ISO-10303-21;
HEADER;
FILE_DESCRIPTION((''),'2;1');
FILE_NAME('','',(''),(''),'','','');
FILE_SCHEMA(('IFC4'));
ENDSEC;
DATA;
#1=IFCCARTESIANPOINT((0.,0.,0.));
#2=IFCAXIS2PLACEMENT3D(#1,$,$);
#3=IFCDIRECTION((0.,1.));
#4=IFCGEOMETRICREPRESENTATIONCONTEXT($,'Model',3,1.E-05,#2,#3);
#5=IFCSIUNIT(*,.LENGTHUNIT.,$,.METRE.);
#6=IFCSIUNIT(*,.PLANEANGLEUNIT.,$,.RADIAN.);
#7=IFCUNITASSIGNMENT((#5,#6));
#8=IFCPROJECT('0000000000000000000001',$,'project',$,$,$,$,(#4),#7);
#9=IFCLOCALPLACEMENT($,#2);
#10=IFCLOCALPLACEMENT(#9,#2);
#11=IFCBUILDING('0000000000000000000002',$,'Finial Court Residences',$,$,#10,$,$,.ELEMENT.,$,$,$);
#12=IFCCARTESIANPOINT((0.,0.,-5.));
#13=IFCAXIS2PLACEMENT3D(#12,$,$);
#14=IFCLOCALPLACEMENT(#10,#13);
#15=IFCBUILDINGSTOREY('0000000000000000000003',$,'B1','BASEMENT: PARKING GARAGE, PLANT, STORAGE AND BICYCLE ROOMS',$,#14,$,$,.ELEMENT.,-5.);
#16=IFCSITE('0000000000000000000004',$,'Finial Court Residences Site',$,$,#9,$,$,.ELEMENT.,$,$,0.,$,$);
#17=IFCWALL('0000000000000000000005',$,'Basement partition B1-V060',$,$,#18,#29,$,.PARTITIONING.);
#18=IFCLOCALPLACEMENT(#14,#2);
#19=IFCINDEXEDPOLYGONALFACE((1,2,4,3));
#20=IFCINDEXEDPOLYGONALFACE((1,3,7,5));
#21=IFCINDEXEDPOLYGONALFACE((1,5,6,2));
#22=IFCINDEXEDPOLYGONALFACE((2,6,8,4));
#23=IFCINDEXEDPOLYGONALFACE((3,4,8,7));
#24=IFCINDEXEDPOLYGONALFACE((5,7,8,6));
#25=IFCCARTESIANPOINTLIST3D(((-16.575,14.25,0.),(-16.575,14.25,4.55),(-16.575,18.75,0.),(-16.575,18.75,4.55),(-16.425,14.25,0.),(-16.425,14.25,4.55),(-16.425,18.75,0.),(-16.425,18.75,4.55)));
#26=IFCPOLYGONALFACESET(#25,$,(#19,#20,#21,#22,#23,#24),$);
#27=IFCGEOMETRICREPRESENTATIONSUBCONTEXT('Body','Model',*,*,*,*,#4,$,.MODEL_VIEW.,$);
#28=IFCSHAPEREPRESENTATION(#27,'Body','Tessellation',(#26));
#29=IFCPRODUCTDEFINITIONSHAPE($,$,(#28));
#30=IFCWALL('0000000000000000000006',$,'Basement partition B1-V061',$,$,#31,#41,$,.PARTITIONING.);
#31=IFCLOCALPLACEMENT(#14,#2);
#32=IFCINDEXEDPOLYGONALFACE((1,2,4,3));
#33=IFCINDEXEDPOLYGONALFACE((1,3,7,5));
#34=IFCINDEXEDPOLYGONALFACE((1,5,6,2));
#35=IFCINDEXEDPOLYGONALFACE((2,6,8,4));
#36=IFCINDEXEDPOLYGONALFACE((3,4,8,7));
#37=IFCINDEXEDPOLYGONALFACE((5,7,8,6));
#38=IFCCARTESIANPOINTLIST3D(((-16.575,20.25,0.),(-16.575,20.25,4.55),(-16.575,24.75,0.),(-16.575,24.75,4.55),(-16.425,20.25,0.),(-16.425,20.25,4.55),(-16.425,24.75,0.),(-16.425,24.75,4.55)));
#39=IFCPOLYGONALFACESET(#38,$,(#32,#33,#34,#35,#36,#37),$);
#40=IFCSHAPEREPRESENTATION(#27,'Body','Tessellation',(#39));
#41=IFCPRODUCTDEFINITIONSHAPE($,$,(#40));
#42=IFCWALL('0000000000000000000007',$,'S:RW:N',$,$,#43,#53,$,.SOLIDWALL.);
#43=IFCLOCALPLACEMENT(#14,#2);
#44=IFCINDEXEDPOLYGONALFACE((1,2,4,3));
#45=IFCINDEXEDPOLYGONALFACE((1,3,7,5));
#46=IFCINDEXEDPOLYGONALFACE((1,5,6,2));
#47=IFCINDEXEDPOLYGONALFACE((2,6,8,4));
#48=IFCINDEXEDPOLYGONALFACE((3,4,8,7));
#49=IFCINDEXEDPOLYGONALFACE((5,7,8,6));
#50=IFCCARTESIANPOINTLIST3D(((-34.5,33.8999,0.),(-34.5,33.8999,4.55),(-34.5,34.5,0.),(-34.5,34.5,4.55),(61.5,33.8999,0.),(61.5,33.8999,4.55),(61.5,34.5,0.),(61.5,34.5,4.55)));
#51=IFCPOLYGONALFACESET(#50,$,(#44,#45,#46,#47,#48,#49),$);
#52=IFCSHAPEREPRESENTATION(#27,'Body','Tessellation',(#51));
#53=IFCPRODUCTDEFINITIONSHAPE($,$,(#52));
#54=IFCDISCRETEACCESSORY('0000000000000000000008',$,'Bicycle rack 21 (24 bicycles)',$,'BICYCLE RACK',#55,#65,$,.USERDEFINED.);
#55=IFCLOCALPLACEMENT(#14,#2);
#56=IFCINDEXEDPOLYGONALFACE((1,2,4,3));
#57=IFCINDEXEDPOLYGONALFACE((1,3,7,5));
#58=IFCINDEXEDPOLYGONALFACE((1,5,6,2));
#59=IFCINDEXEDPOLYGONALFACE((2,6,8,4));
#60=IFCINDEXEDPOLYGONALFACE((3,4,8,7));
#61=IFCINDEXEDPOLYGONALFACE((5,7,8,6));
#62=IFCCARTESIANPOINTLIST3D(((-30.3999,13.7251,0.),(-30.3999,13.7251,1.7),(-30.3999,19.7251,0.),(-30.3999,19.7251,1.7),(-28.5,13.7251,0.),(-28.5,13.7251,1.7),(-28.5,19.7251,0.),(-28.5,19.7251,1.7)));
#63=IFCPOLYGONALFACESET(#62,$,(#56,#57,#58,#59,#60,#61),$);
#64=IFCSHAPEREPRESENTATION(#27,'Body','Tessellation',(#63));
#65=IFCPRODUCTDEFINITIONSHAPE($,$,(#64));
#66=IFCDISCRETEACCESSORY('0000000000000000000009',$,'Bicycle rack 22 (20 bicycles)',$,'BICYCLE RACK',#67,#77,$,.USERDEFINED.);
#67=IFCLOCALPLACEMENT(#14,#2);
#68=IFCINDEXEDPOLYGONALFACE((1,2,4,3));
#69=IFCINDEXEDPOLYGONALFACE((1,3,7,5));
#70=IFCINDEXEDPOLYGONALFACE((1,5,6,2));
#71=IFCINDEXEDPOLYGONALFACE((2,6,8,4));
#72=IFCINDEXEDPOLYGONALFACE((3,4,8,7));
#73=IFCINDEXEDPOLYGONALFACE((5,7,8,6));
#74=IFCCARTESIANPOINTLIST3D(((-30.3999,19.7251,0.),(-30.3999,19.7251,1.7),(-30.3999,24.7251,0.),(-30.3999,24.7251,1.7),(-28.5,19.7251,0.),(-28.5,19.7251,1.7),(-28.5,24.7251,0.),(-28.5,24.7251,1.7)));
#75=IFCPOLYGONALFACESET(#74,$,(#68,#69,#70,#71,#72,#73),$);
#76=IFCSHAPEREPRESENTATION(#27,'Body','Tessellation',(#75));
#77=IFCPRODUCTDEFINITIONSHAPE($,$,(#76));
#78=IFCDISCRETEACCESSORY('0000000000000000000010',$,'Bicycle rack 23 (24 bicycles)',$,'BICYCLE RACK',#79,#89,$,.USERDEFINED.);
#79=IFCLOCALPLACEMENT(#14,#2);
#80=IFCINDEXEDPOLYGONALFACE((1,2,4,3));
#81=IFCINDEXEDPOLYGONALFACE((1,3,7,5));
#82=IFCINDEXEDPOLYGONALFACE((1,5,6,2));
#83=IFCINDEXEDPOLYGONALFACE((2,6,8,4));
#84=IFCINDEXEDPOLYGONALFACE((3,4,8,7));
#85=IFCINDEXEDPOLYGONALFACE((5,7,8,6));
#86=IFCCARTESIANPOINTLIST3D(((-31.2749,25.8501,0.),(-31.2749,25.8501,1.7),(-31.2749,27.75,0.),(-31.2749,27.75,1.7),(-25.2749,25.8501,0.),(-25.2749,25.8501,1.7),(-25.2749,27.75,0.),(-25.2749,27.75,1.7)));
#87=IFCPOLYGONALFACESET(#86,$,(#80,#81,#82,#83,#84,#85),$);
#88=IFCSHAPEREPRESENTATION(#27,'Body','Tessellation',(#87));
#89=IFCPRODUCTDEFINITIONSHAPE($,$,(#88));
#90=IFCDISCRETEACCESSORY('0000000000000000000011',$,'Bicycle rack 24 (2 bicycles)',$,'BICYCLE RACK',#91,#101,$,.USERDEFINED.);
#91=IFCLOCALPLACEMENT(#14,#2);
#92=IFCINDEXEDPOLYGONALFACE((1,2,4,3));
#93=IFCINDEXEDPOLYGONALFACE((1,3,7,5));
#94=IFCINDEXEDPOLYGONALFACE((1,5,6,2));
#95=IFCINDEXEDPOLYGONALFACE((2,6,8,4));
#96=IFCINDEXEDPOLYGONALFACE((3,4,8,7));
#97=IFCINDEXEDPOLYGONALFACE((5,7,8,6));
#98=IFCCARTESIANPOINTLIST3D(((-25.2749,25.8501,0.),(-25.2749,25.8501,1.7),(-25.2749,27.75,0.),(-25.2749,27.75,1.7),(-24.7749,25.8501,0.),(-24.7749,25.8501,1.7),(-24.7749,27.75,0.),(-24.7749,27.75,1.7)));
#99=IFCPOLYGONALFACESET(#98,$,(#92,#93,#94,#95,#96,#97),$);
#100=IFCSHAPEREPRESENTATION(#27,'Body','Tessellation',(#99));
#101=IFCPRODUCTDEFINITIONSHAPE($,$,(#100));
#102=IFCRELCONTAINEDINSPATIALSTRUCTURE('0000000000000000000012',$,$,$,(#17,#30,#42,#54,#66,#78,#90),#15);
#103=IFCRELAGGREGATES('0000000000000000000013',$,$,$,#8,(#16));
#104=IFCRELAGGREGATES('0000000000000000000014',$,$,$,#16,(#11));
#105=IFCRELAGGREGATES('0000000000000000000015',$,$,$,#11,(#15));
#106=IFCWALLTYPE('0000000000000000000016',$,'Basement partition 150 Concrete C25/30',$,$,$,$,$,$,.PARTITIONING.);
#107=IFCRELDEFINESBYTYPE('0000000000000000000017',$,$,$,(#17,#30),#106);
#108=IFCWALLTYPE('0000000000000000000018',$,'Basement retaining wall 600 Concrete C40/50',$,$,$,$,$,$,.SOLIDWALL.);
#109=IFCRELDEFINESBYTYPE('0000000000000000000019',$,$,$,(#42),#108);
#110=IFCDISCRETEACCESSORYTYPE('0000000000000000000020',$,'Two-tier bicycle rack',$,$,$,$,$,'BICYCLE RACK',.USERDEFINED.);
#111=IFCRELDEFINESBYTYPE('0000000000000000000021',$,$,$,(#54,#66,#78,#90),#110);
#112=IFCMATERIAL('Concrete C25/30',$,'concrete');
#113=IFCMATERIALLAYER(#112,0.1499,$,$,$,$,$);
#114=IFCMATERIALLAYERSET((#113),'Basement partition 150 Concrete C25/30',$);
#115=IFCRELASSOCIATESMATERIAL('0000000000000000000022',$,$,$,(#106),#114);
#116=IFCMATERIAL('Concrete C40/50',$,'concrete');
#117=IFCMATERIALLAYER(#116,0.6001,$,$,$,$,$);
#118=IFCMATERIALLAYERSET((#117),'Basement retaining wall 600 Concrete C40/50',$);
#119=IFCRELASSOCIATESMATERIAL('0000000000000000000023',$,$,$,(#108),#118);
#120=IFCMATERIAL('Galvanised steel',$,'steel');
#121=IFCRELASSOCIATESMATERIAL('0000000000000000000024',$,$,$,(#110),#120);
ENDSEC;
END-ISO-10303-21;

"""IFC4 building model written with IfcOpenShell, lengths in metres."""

from ifc_helpers import new_model, si_unit, direction, frame, frame_2d, origin, origin_2d, place, context, subcontext, project, spatial, rectangle, extrude, material, layer, layer_set, type_object, element, save


model = new_model("IFC4")

# Units and contexts
model_context = context("Model", 3, precision=1e-05, world=origin(), true_north=direction((0.0, 1.0)))
body_context = subcontext(model_context, "Body", "Model", "MODEL_VIEW")
ifc_project = project(units=[si_unit("LENGTHUNIT", "METRE"), si_unit("PLANEANGLEUNIT", "RADIAN")], contexts=[model_context])

# Site, building, storey
site_placement = place(None, origin())
site = spatial("IfcSite", under=ifc_project, at=site_placement, Name="Finial Court Residences Site", CompositionType="ELEMENT", RefElevation=0.0)
building_placement = place(site_placement, origin())
building = spatial("IfcBuilding", under=site, at=building_placement, Name="Finial Court Residences", CompositionType="ELEMENT")
storey_placement = place(building_placement, frame((0.0, 0.0, -5.0)))
storey = spatial("IfcBuildingStorey", under=building, at=storey_placement, Name="B1", Description="BASEMENT: PARKING GARAGE, PLANT, STORAGE AND BICYCLE ROOMS", CompositionType="ELEMENT", Elevation=-5.0)

# Shared definitions
ifc_material_1 = material(Name="Concrete C25/30", Category="concrete")
ifc_layer_1 = layer(ifc_material_1, 0.1499)
ifc_layer_set_1 = layer_set([ifc_layer_1], Name="Basement partition 150 Concrete C25/30")
wall_type_1 = type_object("IfcWallType", Name="Basement partition 150 Concrete C25/30", PredefinedType="PARTITIONING", material=ifc_layer_set_1)

# Walls
for number, where, z_axis, x_axis, name in (
    (1, (-16.5, 14.25, 0.0), (0.0, 0.0, 1.0), (0.0, 1.0, 0.0), "Basement partition B1-V060"),
    (2, (-16.5, 20.25, 0.0), (0.0, 0.0, 1.0), (0.0, 1.0, 0.0), "Basement partition B1-V061"),
):
    element("IfcWall", number, at=place(storey_placement, frame(where, z_axis=z_axis, x_axis=x_axis)), inside=storey, type_object=wall_type_1, Name=name, PredefinedType="PARTITIONING", context=body_context, shape_type="SweptSolid", body=[
        extrude(rectangle(XDim=4.5, YDim=0.1499, at=frame_2d((2.25, 0.0))), origin(), (0.0, 0.0, 1.0), 4.55),
    ])
ifc_material_2 = material(Name="Concrete C40/50", Category="concrete")
ifc_layer_2 = layer(ifc_material_2, 0.6001)
ifc_layer_set_2 = layer_set([ifc_layer_2], Name="Basement retaining wall 600 Concrete C40/50")
wall_type_2 = type_object("IfcWallType", Name="Basement retaining wall 600 Concrete C40/50", PredefinedType="SOLIDWALL", material=ifc_layer_set_2)
wall_1_placement = place(storey_placement, frame((-34.5, 34.2, 0.0), z_axis=(0.0, 0.0, 1.0), x_axis=(1.0, 0.0, 0.0)))
element("IfcWall", 3, at=wall_1_placement, inside=storey, type_object=wall_type_2, Name="S:RW:N", PredefinedType="SOLIDWALL", context=body_context, shape_type="SweptSolid", body=[
    extrude(rectangle(XDim=96.0, YDim=0.6001, at=frame_2d((48.0, 0.0))), origin(), (0.0, 0.0, 1.0), 4.55),
])

# Discrete accessories
ifc_material_3 = material(Name="Galvanised steel", Category="steel")
discrete_accessory_type = type_object("IfcDiscreteAccessoryType", Name="Two-tier bicycle rack", ElementType="BICYCLE RACK", PredefinedType="USERDEFINED", material=ifc_material_3)
discrete_accessory_1_placement = place(storey_placement, frame((-29.45, 16.7251, 0.0), z_axis=(0.0, 0.0, 1.0), x_axis=(1.0, 0.0, 0.0)))
element("IfcDiscreteAccessory", 4, at=discrete_accessory_1_placement, inside=storey, type_object=discrete_accessory_type, Name="Bicycle rack 21 (24 bicycles)", ObjectType="BICYCLE RACK", PredefinedType="USERDEFINED", context=body_context, shape_type="SweptSolid", body=[
    extrude(rectangle(XDim=1.8999, YDim=6.0, at=origin_2d()), origin(), (0.0, 0.0, 1.0), 1.7),
])
discrete_accessory_2_placement = place(storey_placement, frame((-29.45, 22.2251, 0.0), z_axis=(0.0, 0.0, 1.0), x_axis=(1.0, 0.0, 0.0)))
element("IfcDiscreteAccessory", 5, at=discrete_accessory_2_placement, inside=storey, type_object=discrete_accessory_type, Name="Bicycle rack 22 (20 bicycles)", ObjectType="BICYCLE RACK", PredefinedType="USERDEFINED", context=body_context, shape_type="SweptSolid", body=[
    extrude(rectangle(XDim=1.8999, YDim=5.0, at=origin_2d()), origin(), (0.0, 0.0, 1.0), 1.7),
])
discrete_accessory_3_placement = place(storey_placement, frame((-28.2749, 26.8, 0.0), z_axis=(0.0, 0.0, 1.0), x_axis=(1.0, 0.0, 0.0)))
element("IfcDiscreteAccessory", 6, at=discrete_accessory_3_placement, inside=storey, type_object=discrete_accessory_type, Name="Bicycle rack 23 (24 bicycles)", ObjectType="BICYCLE RACK", PredefinedType="USERDEFINED", context=body_context, shape_type="SweptSolid", body=[
    extrude(rectangle(XDim=6.0, YDim=1.8999, at=origin_2d()), origin(), (0.0, 0.0, 1.0), 1.7),
])
discrete_accessory_4_placement = place(storey_placement, frame((-25.0249, 26.8, 0.0), z_axis=(0.0, 0.0, 1.0), x_axis=(1.0, 0.0, 0.0)))
element("IfcDiscreteAccessory", 7, at=discrete_accessory_4_placement, inside=storey, type_object=discrete_accessory_type, Name="Bicycle rack 24 (2 bicycles)", ObjectType="BICYCLE RACK", PredefinedType="USERDEFINED", context=body_context, shape_type="SweptSolid", body=[
    extrude(rectangle(XDim=0.5, YDim=1.8999, at=origin_2d()), origin(), (0.0, 0.0, 1.0), 1.7),
])

save(model, "model.ifc")
